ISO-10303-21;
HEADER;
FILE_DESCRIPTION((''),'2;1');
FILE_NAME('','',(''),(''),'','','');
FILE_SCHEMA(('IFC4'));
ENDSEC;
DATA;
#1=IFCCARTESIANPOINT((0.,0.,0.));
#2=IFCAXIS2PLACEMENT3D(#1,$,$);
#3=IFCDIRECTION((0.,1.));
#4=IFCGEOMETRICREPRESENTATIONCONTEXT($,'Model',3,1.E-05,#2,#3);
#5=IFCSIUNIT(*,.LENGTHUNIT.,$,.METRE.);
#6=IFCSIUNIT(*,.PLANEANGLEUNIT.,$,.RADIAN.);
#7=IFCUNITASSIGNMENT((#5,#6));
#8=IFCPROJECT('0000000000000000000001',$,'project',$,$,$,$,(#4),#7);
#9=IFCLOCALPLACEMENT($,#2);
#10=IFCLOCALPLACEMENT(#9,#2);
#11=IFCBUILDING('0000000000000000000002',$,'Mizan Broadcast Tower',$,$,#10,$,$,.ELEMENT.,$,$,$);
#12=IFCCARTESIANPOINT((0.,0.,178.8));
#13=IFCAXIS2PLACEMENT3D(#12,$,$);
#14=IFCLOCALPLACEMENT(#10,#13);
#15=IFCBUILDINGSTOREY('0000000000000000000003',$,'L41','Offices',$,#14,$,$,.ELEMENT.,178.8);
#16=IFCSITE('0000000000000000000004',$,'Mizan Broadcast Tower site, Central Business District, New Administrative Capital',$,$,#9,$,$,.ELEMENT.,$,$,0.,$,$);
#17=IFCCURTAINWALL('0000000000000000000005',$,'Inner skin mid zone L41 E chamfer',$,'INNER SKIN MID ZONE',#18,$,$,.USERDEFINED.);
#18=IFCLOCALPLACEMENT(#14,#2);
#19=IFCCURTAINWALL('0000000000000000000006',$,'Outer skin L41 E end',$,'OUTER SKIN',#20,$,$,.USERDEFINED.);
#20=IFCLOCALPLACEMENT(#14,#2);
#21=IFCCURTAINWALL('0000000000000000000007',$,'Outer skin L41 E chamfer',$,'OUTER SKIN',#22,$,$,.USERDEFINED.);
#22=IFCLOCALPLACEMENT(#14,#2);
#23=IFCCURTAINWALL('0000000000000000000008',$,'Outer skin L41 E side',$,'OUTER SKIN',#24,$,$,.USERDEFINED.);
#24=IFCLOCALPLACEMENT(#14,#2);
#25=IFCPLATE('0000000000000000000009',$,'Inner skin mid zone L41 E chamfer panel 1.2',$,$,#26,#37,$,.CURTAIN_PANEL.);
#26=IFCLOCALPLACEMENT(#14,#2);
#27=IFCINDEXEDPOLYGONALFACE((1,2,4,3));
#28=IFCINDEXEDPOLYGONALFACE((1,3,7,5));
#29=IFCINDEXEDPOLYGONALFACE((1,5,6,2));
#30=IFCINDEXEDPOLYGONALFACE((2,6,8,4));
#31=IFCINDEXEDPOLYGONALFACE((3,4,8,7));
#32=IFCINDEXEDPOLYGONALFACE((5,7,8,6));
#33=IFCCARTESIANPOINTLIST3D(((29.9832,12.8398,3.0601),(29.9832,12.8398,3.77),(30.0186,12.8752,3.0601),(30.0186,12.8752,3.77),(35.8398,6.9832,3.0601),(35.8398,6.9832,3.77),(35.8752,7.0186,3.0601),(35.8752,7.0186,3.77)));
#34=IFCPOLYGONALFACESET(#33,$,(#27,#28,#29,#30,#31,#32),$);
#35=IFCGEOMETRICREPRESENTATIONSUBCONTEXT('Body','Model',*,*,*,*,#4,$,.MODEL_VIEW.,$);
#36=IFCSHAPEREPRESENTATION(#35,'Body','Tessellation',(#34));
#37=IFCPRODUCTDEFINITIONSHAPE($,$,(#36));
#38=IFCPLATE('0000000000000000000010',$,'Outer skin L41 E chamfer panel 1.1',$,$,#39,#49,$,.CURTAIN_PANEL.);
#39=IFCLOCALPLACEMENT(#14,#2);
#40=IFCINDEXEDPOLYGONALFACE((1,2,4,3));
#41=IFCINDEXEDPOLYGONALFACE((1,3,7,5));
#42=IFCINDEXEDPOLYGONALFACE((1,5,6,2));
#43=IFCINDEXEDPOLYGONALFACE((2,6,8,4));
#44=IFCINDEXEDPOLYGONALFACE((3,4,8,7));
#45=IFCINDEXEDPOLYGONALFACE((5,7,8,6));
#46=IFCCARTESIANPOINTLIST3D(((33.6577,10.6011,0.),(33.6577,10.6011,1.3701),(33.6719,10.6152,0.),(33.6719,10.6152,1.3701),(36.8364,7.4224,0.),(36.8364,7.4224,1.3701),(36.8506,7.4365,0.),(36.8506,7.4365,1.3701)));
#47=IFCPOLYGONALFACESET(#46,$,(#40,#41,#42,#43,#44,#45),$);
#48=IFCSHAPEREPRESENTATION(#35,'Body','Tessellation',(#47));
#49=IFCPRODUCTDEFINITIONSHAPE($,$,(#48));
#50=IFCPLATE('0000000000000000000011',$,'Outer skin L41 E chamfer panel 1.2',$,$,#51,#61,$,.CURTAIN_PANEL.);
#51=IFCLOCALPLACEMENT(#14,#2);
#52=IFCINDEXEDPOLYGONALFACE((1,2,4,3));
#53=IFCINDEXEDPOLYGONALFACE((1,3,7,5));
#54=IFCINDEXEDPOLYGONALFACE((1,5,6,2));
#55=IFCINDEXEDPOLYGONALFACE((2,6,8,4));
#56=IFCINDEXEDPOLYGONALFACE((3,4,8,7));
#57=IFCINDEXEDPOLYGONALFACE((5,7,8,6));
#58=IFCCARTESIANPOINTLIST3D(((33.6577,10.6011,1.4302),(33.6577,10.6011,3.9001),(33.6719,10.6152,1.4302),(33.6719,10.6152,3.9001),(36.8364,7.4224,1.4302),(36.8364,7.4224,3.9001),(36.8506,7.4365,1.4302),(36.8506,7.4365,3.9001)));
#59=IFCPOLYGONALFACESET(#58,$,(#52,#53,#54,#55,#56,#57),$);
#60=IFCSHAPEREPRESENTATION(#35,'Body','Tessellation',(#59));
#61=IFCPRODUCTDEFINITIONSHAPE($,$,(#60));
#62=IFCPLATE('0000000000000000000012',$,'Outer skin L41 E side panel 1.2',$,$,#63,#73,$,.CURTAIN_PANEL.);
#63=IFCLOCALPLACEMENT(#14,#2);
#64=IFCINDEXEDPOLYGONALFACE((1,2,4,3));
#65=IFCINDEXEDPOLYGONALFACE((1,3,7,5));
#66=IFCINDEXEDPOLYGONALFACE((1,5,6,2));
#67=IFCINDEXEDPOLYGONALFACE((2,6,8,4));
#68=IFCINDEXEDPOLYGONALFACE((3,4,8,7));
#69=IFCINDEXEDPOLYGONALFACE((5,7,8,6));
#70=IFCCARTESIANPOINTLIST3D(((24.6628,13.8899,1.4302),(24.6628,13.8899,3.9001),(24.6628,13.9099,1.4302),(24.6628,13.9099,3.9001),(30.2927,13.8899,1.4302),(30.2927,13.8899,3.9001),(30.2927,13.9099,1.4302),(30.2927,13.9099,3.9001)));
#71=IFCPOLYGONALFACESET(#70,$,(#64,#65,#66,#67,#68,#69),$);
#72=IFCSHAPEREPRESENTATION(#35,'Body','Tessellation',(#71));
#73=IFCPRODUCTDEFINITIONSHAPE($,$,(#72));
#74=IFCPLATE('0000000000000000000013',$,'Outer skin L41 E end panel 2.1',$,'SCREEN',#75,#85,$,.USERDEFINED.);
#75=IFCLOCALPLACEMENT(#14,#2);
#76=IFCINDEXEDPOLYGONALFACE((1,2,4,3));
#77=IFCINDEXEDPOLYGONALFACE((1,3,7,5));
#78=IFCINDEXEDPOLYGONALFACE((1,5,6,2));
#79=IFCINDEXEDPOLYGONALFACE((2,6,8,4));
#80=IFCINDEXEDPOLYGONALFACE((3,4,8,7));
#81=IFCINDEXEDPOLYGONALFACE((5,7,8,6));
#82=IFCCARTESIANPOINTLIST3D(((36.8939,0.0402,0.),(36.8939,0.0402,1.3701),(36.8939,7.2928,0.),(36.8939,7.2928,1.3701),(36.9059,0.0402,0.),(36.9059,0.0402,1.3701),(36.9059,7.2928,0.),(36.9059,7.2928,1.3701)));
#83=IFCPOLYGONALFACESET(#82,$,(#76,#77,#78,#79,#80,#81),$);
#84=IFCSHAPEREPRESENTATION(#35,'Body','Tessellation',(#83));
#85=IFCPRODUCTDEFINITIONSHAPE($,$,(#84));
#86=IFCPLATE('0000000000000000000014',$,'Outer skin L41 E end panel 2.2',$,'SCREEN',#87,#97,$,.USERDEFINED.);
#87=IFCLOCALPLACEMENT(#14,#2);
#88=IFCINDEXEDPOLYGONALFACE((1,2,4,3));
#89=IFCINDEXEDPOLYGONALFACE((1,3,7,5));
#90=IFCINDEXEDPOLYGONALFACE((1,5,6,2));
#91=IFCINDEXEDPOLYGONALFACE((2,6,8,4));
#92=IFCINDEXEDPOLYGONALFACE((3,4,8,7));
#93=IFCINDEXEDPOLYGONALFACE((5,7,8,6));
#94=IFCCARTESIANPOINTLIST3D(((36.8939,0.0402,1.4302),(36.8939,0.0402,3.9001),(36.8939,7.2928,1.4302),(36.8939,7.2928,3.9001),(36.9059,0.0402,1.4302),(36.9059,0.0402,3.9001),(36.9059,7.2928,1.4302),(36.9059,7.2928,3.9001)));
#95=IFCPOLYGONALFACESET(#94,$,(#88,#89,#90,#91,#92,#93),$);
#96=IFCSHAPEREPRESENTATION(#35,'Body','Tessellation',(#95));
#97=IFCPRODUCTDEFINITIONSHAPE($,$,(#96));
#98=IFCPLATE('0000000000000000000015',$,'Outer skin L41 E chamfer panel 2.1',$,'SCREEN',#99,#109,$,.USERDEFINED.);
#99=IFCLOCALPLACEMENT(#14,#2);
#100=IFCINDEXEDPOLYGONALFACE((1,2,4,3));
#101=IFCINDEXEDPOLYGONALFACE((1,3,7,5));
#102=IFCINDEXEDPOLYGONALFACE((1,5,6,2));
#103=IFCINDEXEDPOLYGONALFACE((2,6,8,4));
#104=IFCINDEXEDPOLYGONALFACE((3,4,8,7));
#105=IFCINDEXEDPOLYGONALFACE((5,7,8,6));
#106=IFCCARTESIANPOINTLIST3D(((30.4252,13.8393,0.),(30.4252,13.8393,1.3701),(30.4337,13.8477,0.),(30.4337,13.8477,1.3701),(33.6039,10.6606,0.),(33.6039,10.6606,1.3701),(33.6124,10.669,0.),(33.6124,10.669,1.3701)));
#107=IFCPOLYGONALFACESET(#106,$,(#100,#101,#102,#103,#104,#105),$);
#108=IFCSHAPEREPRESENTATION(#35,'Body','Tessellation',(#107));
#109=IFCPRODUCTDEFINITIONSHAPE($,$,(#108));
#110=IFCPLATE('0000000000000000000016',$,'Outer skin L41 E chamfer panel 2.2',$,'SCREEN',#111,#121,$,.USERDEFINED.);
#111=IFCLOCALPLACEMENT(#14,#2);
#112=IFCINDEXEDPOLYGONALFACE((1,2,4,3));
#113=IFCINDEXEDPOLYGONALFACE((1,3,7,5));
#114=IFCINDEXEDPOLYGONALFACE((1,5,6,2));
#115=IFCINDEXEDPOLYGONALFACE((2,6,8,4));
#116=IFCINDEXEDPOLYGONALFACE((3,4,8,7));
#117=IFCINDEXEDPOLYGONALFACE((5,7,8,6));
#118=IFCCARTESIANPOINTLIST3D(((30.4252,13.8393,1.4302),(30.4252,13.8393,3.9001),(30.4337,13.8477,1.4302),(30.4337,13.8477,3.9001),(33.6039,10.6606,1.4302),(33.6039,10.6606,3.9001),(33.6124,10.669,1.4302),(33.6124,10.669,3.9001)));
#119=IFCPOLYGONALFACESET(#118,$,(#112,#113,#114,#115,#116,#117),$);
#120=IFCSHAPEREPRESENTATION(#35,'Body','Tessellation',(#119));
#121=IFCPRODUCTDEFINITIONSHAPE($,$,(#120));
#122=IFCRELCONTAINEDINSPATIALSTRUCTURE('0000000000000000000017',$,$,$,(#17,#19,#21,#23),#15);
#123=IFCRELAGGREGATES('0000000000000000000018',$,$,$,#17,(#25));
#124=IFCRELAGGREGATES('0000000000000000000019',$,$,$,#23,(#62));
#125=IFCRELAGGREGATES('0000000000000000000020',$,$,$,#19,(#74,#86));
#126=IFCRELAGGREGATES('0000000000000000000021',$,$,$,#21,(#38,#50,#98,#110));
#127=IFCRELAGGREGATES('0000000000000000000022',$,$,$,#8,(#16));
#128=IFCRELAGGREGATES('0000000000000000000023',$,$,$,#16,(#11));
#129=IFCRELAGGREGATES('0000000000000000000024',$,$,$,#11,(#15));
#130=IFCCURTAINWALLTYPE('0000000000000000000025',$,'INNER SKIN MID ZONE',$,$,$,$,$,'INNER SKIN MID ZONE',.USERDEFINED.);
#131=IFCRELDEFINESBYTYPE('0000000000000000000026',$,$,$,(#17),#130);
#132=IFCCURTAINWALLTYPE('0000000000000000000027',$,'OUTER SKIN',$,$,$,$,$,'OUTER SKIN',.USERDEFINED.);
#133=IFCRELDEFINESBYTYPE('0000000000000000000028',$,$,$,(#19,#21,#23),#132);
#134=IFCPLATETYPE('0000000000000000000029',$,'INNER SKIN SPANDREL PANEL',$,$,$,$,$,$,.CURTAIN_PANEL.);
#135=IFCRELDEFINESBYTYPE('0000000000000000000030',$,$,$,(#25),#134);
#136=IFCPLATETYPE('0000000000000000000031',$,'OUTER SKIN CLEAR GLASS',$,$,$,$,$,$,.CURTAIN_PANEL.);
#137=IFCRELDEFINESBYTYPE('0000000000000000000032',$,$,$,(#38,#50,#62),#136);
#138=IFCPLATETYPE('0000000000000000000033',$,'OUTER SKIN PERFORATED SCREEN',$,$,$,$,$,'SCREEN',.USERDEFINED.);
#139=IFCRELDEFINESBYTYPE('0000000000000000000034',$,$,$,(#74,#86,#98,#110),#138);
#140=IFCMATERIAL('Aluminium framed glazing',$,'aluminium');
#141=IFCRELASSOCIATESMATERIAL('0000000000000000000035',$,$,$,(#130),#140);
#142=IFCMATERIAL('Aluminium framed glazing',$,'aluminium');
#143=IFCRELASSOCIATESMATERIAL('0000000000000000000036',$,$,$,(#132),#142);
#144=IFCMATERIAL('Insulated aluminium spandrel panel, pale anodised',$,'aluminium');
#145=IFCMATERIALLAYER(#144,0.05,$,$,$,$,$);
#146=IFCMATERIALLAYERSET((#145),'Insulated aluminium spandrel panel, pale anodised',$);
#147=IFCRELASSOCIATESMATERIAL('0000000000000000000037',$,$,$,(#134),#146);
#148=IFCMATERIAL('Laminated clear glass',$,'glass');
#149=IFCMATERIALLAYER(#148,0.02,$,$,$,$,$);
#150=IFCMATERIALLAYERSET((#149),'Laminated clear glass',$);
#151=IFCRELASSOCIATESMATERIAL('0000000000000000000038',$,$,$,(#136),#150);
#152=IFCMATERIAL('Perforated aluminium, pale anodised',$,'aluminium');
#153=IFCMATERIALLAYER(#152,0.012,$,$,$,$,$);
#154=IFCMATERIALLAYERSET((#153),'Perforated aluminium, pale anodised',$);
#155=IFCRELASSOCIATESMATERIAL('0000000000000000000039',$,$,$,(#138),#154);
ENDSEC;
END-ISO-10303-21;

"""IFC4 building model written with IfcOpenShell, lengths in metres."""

from ifc_helpers import new_model, si_unit, direction, frame, origin, origin_2d, place, context, subcontext, project, spatial, rectangle, extrude, material, layer, layer_set, type_object, element, aggregate, save


model = new_model("IFC4")

# Units and contexts
model_context = context("Model", 3, precision=1e-05, world=origin(), true_north=direction((0.0, 1.0)))
body_context = subcontext(model_context, "Body", "Model", "MODEL_VIEW")
ifc_project = project(units=[si_unit("LENGTHUNIT", "METRE"), si_unit("PLANEANGLEUNIT", "RADIAN")], contexts=[model_context])

# Site, building, storey
site_placement = place(None, origin())
site = spatial("IfcSite", under=ifc_project, at=site_placement, Name="Mizan Broadcast Tower site, Central Business District, New Administrative Capital", CompositionType="ELEMENT", RefElevation=0.0)
building_placement = place(site_placement, origin())
building = spatial("IfcBuilding", under=site, at=building_placement, Name="Mizan Broadcast Tower", CompositionType="ELEMENT")
storey_placement = place(building_placement, frame((0.0, 0.0, 178.8)))
storey = spatial("IfcBuildingStorey", under=building, at=storey_placement, Name="L41", Description="Offices", CompositionType="ELEMENT", Elevation=178.8)

# Shared definitions
ifc_material_1 = material(Name="Aluminium framed glazing", Category="aluminium")
curtain_wall_type_1 = type_object("IfcCurtainWallType", Name="INNER SKIN MID ZONE", ElementType="INNER SKIN MID ZONE", PredefinedType="USERDEFINED", material=ifc_material_1)

# Curtain wall
curtain_wall_1_placement = place(storey_placement, origin())
curtain_wall_1 = element("IfcCurtainWall", 1, at=curtain_wall_1_placement, inside=storey, type_object=curtain_wall_type_1, Name="Inner skin mid zone L41 E chamfer", ObjectType="INNER SKIN MID ZONE", PredefinedType="USERDEFINED")

# Curtain walls
ifc_material_2 = material(Name="Aluminium framed glazing", Category="aluminium")
curtain_wall_type_2 = type_object("IfcCurtainWallType", Name="OUTER SKIN", ElementType="OUTER SKIN", PredefinedType="USERDEFINED", material=ifc_material_2)
curtain_wall_2_placement = place(storey_placement, origin())
curtain_wall_2 = element("IfcCurtainWall", 2, at=curtain_wall_2_placement, inside=storey, type_object=curtain_wall_type_2, Name="Outer skin L41 E end", ObjectType="OUTER SKIN", PredefinedType="USERDEFINED")
curtain_wall_3_placement = place(storey_placement, origin())
curtain_wall_3 = element("IfcCurtainWall", 3, at=curtain_wall_3_placement, inside=storey, type_object=curtain_wall_type_2, Name="Outer skin L41 E chamfer", ObjectType="OUTER SKIN", PredefinedType="USERDEFINED")

# Curtain wall
curtain_wall_4_placement = place(storey_placement, origin())
curtain_wall_4 = element("IfcCurtainWall", 4, at=curtain_wall_4_placement, inside=storey, type_object=curtain_wall_type_2, Name="Outer skin L41 E side", ObjectType="OUTER SKIN", PredefinedType="USERDEFINED")

# Plates
ifc_material_3 = material(Name="Insulated aluminium spandrel panel, pale anodised", Category="aluminium")
ifc_layer_1 = layer(ifc_material_3, 0.05)
ifc_layer_set_1 = layer_set([ifc_layer_1], Name="Insulated aluminium spandrel panel, pale anodised")
plate_type_1 = type_object("IfcPlateType", Name="INNER SKIN SPANDREL PANEL", PredefinedType="CURTAIN_PANEL", material=ifc_layer_set_1)
plate_1_placement = place(storey_placement, frame((32.9292, 9.9292, 3.0601), z_axis=(0.0, 0.0, 1.0), x_axis=(-0.707107, 0.707107, 0.0)))
plate_1 = element("IfcPlate", 5, at=plate_1_placement, type_object=plate_type_1, Name="Inner skin mid zone L41 E chamfer panel 1.2", PredefinedType="CURTAIN_PANEL", context=body_context, shape_type="SweptSolid", body=[
    extrude(rectangle(XDim=8.2825, YDim=0.05, at=origin_2d()), origin(), (0.0, 0.0, 1.0), 0.71),
])
aggregate(curtain_wall_1, [plate_1])
ifc_material_4 = material(Name="Laminated clear glass", Category="glass")
ifc_layer_2 = layer(ifc_material_4, 0.02)
ifc_layer_set_2 = layer_set([ifc_layer_2], Name="Laminated clear glass")
plate_type_2 = type_object("IfcPlateType", Name="OUTER SKIN CLEAR GLASS", PredefinedType="CURTAIN_PANEL", material=ifc_layer_set_2)
plate_2_placement = place(storey_placement, frame((35.2542, 9.0188, 0.0), z_axis=(0.0, 0.0, 1.0), x_axis=(-0.707107, 0.707107, 0.0)))
plate_2 = element("IfcPlate", 6, at=plate_2_placement, type_object=plate_type_2, Name="Outer skin L41 E chamfer panel 1.1", PredefinedType="CURTAIN_PANEL", context=body_context, shape_type="SweptSolid", body=[
    extrude(rectangle(XDim=4.4954, YDim=0.02, at=origin_2d()), origin(), (0.0, 0.0, 1.0), 1.3701),
])
plate_3_placement = place(storey_placement, frame((35.2542, 9.0188, 1.4302), z_axis=(0.0, 0.0, 1.0), x_axis=(-0.707107, 0.707107, 0.0)))
plate_3 = element("IfcPlate", 7, at=plate_3_placement, type_object=plate_type_2, Name="Outer skin L41 E chamfer panel 1.2", PredefinedType="CURTAIN_PANEL", context=body_context, shape_type="SweptSolid", body=[
    extrude(rectangle(XDim=4.4954, YDim=0.02, at=origin_2d()), origin(), (0.0, 0.0, 1.0), 2.47),
])
plate_4_placement = place(storey_placement, frame((27.4778, 13.8999, 1.4302), z_axis=(0.0, 0.0, 1.0), x_axis=(-1.0, 0.0, 0.0)))
plate_4 = element("IfcPlate", 8, at=plate_4_placement, type_object=plate_type_2, Name="Outer skin L41 E side panel 1.2", PredefinedType="CURTAIN_PANEL", context=body_context, shape_type="SweptSolid", body=[
    extrude(rectangle(XDim=5.6299, YDim=0.02, at=origin_2d()), origin(), (0.0, 0.0, 1.0), 2.47),
])
aggregate(curtain_wall_4, [plate_4])
ifc_material_5 = material(Name="Perforated aluminium, pale anodised", Category="aluminium")
ifc_layer_3 = layer(ifc_material_5, 0.012)
ifc_layer_set_3 = layer_set([ifc_layer_3], Name="Perforated aluminium, pale anodised")
plate_type_3 = type_object("IfcPlateType", Name="OUTER SKIN PERFORATED SCREEN", ElementType="SCREEN", PredefinedType="USERDEFINED", material=ifc_layer_set_3)
plate_5_placement = place(storey_placement, frame((36.8999, 3.6665, 0.0), z_axis=(0.0, 0.0, 1.0), x_axis=(0.0, 1.0, 0.0)))
plate_5 = element("IfcPlate", 9, at=plate_5_placement, type_object=plate_type_3, Name="Outer skin L41 E end panel 2.1", ObjectType="SCREEN", PredefinedType="USERDEFINED", context=body_context, shape_type="SweptSolid", body=[
    extrude(rectangle(XDim=7.2527, YDim=0.012, at=origin_2d()), origin(), (0.0, 0.0, 1.0), 1.3701),
])
plate_6_placement = place(storey_placement, frame((36.8999, 3.6665, 1.4302), z_axis=(0.0, 0.0, 1.0), x_axis=(0.0, 1.0, 0.0)))
plate_6 = element("IfcPlate", 10, at=plate_6_placement, type_object=plate_type_3, Name="Outer skin L41 E end panel 2.2", ObjectType="SCREEN", PredefinedType="USERDEFINED", context=body_context, shape_type="SweptSolid", body=[
    extrude(rectangle(XDim=7.2527, YDim=0.012, at=origin_2d()), origin(), (0.0, 0.0, 1.0), 2.47),
])
aggregate(curtain_wall_2, [plate_5, plate_6])
plate_7_placement = place(storey_placement, frame((32.0188, 12.2542, 0.0), z_axis=(0.0, 0.0, 1.0), x_axis=(-0.707107, 0.707107, 0.0)))
plate_7 = element("IfcPlate", 11, at=plate_7_placement, type_object=plate_type_3, Name="Outer skin L41 E chamfer panel 2.1", ObjectType="SCREEN", PredefinedType="USERDEFINED", context=body_context, shape_type="SweptSolid", body=[
    extrude(rectangle(XDim=4.4954, YDim=0.012, at=origin_2d()), origin(), (0.0, 0.0, 1.0), 1.3701),
])
plate_8_placement = place(storey_placement, frame((32.0188, 12.2542, 1.4302), z_axis=(0.0, 0.0, 1.0), x_axis=(-0.707107, 0.707107, 0.0)))
plate_8 = element("IfcPlate", 12, at=plate_8_placement, type_object=plate_type_3, Name="Outer skin L41 E chamfer panel 2.2", ObjectType="SCREEN", PredefinedType="USERDEFINED", context=body_context, shape_type="SweptSolid", body=[
    extrude(rectangle(XDim=4.4954, YDim=0.012, at=origin_2d()), origin(), (0.0, 0.0, 1.0), 2.47),
])
aggregate(curtain_wall_3, [plate_2, plate_3, plate_7, plate_8])

save(model, "model.ifc")
